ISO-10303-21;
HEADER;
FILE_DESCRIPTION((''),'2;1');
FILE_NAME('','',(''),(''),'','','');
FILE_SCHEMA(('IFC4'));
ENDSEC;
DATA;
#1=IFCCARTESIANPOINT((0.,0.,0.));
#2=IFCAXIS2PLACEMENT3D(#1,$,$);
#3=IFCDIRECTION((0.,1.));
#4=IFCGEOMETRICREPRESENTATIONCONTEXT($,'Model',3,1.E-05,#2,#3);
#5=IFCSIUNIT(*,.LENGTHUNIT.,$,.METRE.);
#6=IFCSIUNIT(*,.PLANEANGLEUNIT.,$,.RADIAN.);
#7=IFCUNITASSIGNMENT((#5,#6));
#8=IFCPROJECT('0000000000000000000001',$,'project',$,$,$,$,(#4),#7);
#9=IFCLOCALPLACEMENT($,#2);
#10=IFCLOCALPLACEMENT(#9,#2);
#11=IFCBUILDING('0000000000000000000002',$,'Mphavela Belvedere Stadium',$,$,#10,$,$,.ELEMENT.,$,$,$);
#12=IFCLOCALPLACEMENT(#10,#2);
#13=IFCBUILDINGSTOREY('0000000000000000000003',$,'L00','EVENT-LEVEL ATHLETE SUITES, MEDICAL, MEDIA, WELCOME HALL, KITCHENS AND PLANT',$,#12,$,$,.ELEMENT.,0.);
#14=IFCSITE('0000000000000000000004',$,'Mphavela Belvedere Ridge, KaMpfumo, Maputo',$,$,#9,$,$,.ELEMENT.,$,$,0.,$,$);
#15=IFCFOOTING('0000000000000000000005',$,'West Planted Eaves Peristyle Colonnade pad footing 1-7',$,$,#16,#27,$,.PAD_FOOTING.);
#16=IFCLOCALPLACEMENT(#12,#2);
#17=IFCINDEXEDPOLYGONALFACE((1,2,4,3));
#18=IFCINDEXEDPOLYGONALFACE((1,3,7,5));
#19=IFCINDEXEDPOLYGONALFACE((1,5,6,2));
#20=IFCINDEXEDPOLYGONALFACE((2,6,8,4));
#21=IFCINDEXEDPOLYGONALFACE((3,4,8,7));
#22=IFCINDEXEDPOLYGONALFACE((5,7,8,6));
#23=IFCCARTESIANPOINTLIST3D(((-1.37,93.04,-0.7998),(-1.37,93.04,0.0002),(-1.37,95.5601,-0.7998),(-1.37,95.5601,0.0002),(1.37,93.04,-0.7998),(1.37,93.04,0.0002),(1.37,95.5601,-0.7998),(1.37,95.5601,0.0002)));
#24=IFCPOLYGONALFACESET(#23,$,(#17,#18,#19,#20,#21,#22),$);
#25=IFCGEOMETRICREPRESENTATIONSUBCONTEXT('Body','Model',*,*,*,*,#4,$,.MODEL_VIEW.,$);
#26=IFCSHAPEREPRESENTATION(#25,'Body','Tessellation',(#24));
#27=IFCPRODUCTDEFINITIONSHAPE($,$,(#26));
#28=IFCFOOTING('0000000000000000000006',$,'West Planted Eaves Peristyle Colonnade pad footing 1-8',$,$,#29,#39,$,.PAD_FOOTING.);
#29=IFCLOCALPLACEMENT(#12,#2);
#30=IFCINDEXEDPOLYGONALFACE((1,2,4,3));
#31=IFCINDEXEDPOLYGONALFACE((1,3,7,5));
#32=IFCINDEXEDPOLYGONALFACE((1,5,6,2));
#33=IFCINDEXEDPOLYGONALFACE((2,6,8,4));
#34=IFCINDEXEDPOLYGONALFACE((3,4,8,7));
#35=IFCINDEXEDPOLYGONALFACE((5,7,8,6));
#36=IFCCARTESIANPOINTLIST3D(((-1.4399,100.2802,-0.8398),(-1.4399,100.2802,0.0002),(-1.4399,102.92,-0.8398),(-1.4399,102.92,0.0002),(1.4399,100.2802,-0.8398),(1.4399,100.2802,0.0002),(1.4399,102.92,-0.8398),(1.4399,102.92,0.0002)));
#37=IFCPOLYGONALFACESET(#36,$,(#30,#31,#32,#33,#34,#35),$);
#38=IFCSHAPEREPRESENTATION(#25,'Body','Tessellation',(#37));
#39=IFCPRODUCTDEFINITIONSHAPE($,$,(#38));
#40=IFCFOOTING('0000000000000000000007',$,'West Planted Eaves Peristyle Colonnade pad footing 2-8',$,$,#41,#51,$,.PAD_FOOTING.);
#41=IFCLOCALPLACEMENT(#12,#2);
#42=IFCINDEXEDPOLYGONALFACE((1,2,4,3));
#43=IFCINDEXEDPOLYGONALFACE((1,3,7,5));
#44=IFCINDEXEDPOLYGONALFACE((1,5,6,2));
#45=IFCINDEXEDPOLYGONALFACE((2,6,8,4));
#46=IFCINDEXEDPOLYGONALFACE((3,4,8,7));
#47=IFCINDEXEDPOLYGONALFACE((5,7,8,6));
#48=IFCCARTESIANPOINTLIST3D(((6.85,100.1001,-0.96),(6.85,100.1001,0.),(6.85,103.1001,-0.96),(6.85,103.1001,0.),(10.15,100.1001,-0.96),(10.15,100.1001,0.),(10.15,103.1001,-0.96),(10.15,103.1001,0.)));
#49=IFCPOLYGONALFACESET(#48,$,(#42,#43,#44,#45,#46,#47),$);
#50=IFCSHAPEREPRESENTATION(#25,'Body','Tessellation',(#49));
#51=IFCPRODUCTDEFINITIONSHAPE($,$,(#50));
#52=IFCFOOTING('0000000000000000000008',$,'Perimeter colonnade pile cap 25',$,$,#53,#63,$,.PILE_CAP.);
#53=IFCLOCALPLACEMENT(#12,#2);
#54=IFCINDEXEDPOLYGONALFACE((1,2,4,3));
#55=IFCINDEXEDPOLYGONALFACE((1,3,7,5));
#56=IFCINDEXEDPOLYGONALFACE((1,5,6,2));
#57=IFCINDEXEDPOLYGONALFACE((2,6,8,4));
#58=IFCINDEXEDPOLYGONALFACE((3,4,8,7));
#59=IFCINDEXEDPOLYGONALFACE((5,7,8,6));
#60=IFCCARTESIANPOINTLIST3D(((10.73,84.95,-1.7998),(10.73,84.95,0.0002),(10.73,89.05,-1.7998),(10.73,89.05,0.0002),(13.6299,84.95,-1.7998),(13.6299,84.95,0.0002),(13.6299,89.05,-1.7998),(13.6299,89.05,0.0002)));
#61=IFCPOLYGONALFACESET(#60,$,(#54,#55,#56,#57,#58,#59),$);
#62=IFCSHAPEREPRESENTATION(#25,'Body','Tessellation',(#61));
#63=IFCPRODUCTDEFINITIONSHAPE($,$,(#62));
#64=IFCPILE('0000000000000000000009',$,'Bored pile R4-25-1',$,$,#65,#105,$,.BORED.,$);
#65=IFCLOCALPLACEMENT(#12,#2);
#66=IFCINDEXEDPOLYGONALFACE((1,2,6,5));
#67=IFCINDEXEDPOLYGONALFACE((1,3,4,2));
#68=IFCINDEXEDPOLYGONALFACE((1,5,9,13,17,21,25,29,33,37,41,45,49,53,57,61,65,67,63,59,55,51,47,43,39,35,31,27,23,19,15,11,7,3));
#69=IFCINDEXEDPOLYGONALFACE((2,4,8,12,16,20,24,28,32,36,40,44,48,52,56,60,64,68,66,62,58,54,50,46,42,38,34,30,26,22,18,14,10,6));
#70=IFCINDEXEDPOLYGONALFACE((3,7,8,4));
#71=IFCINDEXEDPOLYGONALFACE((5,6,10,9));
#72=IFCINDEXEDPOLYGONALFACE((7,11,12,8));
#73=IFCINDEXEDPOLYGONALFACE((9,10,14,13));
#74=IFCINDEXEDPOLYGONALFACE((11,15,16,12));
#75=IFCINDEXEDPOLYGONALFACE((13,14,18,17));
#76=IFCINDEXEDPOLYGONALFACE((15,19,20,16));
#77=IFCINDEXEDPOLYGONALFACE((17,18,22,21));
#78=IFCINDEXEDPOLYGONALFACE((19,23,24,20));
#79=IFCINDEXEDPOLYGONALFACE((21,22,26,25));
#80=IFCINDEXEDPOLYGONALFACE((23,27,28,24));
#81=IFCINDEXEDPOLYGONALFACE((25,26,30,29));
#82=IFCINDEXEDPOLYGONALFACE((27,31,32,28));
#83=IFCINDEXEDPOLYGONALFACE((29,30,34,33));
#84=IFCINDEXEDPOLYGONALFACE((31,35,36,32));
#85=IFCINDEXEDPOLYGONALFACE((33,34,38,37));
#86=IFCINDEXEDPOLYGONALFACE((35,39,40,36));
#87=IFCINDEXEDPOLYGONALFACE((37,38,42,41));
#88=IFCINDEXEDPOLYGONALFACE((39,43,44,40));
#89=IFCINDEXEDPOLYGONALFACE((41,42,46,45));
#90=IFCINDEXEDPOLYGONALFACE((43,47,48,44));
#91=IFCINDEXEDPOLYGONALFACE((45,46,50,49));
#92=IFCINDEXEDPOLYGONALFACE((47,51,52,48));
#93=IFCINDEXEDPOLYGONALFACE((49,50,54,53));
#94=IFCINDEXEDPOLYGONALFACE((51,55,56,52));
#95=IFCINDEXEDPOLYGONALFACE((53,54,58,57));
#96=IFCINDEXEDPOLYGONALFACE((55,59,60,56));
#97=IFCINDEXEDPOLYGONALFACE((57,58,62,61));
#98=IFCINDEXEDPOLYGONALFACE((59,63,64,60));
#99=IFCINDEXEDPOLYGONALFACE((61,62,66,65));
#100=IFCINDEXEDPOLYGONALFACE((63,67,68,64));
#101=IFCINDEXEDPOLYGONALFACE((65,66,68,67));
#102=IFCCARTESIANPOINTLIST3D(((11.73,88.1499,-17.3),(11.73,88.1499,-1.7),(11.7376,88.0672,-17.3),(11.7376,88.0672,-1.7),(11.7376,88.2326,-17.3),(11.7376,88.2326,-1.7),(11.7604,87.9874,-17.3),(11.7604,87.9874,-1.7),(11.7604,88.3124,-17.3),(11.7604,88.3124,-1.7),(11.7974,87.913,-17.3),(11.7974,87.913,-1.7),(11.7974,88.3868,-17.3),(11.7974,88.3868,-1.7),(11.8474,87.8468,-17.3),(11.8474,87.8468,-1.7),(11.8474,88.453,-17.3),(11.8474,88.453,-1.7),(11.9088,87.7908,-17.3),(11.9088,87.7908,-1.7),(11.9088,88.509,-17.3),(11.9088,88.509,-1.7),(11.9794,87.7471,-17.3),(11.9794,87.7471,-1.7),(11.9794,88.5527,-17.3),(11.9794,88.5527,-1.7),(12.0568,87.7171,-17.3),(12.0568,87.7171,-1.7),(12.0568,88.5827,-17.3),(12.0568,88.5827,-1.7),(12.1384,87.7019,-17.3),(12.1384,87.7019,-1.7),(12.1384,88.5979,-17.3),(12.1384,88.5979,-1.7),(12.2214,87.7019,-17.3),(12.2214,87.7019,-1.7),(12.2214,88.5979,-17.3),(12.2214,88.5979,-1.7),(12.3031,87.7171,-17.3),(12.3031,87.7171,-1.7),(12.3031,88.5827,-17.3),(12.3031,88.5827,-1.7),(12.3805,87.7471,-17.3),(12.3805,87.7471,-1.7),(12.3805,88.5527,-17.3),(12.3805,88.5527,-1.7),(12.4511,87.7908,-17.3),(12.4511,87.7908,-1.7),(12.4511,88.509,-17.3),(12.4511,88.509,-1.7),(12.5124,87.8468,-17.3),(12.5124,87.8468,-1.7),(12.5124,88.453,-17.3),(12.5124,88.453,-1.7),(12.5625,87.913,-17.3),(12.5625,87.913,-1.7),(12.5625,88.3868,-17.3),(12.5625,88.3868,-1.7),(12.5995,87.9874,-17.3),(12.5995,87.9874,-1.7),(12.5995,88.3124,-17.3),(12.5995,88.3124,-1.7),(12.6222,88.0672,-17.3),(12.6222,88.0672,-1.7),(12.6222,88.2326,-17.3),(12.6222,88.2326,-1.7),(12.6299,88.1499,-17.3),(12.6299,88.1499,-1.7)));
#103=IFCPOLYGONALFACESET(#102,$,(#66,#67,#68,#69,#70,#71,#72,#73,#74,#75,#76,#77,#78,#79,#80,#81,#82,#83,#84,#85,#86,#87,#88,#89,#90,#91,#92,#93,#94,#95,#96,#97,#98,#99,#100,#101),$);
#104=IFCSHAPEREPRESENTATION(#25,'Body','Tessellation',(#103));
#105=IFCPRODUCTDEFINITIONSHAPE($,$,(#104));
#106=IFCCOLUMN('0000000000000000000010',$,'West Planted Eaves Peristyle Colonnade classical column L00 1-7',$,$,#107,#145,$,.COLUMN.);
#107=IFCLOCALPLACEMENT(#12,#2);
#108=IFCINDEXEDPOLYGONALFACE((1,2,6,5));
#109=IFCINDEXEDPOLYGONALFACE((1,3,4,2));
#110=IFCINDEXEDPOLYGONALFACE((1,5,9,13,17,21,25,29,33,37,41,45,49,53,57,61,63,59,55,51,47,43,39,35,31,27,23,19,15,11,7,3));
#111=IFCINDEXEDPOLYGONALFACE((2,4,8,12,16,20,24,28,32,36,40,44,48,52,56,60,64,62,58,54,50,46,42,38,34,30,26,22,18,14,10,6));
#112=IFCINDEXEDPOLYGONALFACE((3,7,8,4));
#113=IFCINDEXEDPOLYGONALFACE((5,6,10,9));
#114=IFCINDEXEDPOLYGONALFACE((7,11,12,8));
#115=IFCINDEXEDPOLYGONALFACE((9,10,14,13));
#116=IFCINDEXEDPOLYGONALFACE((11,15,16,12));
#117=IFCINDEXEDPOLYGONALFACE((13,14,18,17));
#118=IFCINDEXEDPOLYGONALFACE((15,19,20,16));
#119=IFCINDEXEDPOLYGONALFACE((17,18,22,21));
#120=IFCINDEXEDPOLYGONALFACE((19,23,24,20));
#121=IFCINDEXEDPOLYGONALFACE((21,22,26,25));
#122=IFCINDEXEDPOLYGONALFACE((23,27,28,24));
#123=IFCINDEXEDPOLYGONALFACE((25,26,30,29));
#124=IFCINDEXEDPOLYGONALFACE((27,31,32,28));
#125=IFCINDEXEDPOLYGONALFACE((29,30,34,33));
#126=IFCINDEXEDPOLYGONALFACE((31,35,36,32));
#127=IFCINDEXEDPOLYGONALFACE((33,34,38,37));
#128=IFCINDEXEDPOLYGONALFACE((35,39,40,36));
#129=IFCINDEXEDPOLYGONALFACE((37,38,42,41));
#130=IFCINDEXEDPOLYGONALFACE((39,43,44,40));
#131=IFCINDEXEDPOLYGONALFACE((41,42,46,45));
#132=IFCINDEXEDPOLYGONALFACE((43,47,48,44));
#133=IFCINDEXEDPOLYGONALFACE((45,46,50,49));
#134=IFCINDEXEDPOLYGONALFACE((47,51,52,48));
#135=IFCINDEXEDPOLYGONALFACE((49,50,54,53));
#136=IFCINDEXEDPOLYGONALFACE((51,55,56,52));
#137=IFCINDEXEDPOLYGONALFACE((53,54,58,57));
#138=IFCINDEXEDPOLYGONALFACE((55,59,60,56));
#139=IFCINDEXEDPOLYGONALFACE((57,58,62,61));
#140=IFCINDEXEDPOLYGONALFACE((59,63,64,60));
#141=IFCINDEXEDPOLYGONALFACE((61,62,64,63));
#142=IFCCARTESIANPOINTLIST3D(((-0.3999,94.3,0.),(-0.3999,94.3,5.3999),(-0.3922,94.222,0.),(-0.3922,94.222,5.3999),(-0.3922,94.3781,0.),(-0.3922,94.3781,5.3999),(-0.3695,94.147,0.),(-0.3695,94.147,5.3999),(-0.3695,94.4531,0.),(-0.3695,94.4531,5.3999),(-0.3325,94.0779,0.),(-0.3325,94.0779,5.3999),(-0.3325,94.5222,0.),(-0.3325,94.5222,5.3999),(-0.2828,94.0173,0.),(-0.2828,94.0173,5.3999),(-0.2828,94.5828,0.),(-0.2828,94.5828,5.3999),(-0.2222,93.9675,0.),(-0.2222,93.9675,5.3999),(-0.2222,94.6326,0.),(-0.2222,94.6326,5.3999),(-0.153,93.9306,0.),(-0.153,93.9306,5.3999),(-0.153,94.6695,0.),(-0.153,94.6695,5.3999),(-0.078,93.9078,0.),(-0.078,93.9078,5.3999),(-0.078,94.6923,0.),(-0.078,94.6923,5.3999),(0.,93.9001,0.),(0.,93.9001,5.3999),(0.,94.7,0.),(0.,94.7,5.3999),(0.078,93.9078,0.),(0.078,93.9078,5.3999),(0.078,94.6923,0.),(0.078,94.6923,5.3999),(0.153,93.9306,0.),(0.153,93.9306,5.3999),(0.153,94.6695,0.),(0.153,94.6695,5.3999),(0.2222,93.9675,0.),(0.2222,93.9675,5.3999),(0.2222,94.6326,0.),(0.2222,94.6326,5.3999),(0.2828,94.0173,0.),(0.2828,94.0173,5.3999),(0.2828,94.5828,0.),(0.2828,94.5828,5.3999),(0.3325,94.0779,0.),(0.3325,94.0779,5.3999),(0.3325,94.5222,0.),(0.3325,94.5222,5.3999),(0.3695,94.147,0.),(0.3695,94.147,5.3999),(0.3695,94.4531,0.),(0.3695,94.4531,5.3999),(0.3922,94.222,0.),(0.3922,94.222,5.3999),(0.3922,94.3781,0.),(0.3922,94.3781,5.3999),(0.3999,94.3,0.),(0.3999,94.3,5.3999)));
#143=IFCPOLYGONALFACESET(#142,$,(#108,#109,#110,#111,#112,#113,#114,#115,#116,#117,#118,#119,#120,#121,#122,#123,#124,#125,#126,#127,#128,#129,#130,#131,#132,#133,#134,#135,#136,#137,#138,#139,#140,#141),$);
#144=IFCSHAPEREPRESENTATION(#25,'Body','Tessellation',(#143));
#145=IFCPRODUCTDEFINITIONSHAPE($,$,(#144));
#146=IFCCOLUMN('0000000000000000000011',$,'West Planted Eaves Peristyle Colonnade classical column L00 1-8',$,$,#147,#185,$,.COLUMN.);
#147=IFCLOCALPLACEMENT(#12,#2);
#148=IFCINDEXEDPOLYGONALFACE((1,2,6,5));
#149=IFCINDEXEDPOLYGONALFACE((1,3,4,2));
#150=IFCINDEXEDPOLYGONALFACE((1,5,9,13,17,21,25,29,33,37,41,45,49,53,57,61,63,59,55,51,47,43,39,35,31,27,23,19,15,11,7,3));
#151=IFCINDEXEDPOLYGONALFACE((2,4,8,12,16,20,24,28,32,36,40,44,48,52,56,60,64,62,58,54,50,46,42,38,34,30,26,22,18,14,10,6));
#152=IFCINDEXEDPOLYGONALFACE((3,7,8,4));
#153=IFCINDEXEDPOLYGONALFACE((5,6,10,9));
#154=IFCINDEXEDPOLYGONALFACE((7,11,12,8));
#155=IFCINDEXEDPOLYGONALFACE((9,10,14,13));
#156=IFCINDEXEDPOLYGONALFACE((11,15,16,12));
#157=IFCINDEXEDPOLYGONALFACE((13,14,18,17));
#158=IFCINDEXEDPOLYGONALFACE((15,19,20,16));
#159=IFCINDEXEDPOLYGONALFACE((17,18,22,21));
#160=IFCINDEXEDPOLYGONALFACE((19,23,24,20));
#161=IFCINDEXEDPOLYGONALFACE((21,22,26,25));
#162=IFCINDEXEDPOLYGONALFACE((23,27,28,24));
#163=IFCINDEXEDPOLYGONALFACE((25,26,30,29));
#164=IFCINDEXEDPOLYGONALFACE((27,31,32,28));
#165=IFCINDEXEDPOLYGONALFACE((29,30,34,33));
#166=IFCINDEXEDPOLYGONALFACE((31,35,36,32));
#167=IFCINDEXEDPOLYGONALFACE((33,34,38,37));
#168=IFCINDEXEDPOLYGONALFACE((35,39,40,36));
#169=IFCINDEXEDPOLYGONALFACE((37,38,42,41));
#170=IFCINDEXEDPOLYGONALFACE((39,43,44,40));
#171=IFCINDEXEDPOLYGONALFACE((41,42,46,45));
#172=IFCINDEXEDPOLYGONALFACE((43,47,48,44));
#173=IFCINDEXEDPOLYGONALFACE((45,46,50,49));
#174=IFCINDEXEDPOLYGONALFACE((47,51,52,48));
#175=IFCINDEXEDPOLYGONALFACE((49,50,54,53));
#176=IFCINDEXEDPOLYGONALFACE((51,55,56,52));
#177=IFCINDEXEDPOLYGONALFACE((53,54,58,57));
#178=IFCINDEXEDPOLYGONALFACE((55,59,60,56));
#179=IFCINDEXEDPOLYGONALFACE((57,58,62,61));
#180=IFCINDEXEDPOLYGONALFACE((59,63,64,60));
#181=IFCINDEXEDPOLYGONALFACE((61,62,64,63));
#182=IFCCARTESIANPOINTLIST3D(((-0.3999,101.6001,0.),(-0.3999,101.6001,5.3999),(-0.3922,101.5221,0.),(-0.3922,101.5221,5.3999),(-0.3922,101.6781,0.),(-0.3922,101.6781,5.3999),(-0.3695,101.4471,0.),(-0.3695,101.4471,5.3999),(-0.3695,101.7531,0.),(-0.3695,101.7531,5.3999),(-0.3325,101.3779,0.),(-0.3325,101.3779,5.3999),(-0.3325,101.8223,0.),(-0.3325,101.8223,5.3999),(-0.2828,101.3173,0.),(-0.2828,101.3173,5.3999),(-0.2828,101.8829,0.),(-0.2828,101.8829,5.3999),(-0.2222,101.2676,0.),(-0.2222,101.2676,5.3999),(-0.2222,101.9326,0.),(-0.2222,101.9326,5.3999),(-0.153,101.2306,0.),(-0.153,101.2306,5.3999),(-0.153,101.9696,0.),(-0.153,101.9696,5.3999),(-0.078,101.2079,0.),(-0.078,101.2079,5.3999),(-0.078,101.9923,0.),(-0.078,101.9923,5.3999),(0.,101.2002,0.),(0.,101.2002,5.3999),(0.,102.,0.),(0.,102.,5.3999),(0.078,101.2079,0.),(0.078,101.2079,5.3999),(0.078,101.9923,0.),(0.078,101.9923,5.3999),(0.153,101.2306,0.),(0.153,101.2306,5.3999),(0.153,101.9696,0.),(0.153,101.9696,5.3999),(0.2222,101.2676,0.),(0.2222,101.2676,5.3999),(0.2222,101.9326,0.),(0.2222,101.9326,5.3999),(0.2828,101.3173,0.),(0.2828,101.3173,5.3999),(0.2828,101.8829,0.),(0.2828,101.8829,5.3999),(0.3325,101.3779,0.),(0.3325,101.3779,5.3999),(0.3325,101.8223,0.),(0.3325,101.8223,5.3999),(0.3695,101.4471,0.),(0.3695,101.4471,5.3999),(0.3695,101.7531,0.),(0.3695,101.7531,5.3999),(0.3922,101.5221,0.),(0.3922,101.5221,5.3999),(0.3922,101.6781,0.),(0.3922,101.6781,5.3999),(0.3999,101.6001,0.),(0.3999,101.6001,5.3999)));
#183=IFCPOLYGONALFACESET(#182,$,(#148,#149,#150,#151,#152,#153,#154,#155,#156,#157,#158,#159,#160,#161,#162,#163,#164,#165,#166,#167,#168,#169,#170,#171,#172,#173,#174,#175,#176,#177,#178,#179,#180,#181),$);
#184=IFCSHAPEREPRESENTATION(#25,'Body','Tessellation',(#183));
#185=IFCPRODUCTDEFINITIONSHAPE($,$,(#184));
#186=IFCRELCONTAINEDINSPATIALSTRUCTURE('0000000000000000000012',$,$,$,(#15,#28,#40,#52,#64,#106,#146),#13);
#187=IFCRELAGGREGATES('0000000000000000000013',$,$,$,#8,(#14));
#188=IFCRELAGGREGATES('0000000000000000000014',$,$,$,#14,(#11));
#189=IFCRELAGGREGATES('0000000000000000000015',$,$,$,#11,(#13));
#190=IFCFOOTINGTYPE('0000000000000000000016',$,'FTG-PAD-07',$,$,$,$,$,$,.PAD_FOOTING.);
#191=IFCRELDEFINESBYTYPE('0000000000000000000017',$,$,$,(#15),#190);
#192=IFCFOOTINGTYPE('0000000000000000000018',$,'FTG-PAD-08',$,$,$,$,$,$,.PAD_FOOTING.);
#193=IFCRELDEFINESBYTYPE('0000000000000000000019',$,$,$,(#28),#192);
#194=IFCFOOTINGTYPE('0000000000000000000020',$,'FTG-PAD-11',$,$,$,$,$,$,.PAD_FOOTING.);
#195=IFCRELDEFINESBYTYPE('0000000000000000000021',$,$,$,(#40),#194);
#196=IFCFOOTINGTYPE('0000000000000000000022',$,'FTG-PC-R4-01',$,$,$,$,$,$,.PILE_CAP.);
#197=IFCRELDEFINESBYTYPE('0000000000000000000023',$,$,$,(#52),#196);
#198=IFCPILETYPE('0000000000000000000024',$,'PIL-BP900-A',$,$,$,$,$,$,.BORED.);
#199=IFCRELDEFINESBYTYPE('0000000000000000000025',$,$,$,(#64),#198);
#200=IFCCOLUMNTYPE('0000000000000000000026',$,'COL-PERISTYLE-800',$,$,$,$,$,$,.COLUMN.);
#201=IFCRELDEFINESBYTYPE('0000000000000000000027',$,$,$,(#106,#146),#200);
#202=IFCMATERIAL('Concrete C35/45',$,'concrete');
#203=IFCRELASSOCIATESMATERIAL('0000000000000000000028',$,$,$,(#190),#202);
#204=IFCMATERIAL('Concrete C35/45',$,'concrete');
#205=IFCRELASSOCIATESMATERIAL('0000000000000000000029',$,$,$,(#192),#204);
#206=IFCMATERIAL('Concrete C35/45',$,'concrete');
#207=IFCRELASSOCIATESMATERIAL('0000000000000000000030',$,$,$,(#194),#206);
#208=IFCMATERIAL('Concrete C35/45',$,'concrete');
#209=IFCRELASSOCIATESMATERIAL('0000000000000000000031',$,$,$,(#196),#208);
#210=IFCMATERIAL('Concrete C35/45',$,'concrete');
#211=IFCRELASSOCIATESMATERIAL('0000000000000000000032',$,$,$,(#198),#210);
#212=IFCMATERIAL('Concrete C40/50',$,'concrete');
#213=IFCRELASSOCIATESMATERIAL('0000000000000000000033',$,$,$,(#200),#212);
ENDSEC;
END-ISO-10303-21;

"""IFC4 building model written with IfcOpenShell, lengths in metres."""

from ifc_helpers import new_model, si_unit, direction, frame, origin, origin_2d, place, context, subcontext, project, spatial, rectangle, circle, extrude, material, material_profile, profile_set, type_object, element, save


model = new_model("IFC4")

# Units and contexts
model_context = context("Model", 3, precision=1e-05, world=origin(), true_north=direction((0.0, 1.0)))
body_context = subcontext(model_context, "Body", "Model", "MODEL_VIEW")
ifc_project = project(units=[si_unit("LENGTHUNIT", "METRE"), si_unit("PLANEANGLEUNIT", "RADIAN")], contexts=[model_context])

# Site, building, storey
site_placement = place(None, origin())
site = spatial("IfcSite", under=ifc_project, at=site_placement, Name="Mphavela Belvedere Ridge, KaMpfumo, Maputo", CompositionType="ELEMENT", RefElevation=0.0)
building_placement = place(site_placement, origin())
building = spatial("IfcBuilding", under=site, at=building_placement, Name="Mphavela Belvedere Stadium", CompositionType="ELEMENT")
storey_placement = place(building_placement, origin())
storey = spatial("IfcBuildingStorey", under=building, at=storey_placement, Name="L00", Description="EVENT-LEVEL ATHLETE SUITES, MEDICAL, MEDIA, WELCOME HALL, KITCHENS AND PLANT", CompositionType="ELEMENT", Elevation=0.0)

# Footings
ifc_material_1 = material(Name="Concrete C35/45", Category="concrete")
footing_type_1 = type_object("IfcFootingType", Name="FTG-PAD-07", PredefinedType="PAD_FOOTING", material=ifc_material_1)
footing_1_placement = place(storey_placement, frame((0.0, 94.3, -0.7998), z_axis=(0.0, 0.0, 1.0), x_axis=(1.0, 0.0, 0.0)))
element("IfcFooting", 1, at=footing_1_placement, inside=storey, type_object=footing_type_1, Name="West Planted Eaves Peristyle Colonnade pad footing 1-7", PredefinedType="PAD_FOOTING", context=body_context, shape_type="SweptSolid", body=[
    extrude(rectangle(XDim=2.74, YDim=2.52, at=origin_2d()), origin(), (0.0, 0.0, 1.0), 0.8),
])
ifc_material_2 = material(Name="Concrete C35/45", Category="concrete")
footing_type_2 = type_object("IfcFootingType", Name="FTG-PAD-08", PredefinedType="PAD_FOOTING", material=ifc_material_2)
footing_2_placement = place(storey_placement, frame((0.0, 101.6001, -0.8398), z_axis=(0.0, 0.0, 1.0), x_axis=(1.0, 0.0, 0.0)))
element("IfcFooting", 2, at=footing_2_placement, inside=storey, type_object=footing_type_2, Name="West Planted Eaves Peristyle Colonnade pad footing 1-8", PredefinedType="PAD_FOOTING", context=body_context, shape_type="SweptSolid", body=[
    extrude(rectangle(XDim=2.8799, YDim=2.6399, at=origin_2d()), origin(), (0.0, 0.0, 1.0), 0.8401),
])
ifc_material_3 = material(Name="Concrete C35/45", Category="concrete")
footing_type_3 = type_object("IfcFootingType", Name="FTG-PAD-11", PredefinedType="PAD_FOOTING", material=ifc_material_3)
footing_3_placement = place(storey_placement, frame((8.5, 101.6001, -0.96), z_axis=(0.0, 0.0, 1.0), x_axis=(1.0, 0.0, 0.0)))
element("IfcFooting", 3, at=footing_3_placement, inside=storey, type_object=footing_type_3, Name="West Planted Eaves Peristyle Colonnade pad footing 2-8", PredefinedType="PAD_FOOTING", context=body_context, shape_type="SweptSolid", body=[
    extrude(rectangle(XDim=3.3, YDim=3.0, at=origin_2d()), origin(), (0.0, 0.0, 1.0), 0.96),
])
ifc_material_4 = material(Name="Concrete C35/45", Category="concrete")
footing_type_4 = type_object("IfcFootingType", Name="FTG-PC-R4-01", PredefinedType="PILE_CAP", material=ifc_material_4)
footing_4_placement = place(storey_placement, frame((12.1799, 87.0, -1.7998), z_axis=(0.0, 0.0, 1.0), x_axis=(0.0, -1.0, 0.0)))
element("IfcFooting", 4, at=footing_4_placement, inside=storey, type_object=footing_type_4, Name="Perimeter colonnade pile cap 25", PredefinedType="PILE_CAP", context=body_context, shape_type="SweptSolid", body=[
    extrude(rectangle(XDim=4.1001, YDim=2.8999, at=origin_2d()), origin(), (0.0, 0.0, 1.0), 1.8),
])

# Pile
ifc_material_5 = material(Name="Concrete C35/45", Category="concrete")
ifc_material_profile_1 = material_profile(ifc_material_5, circle(Radius=0.45, at=origin_2d()), Name="BP D900")
ifc_profile_set_1 = profile_set([ifc_material_profile_1], Name="Concrete C35/45")
pile_type = type_object("IfcPileType", Name="PIL-BP900-A", PredefinedType="BORED", material=ifc_profile_set_1)
pile_placement = place(storey_placement, frame((12.1799, 88.1499, -1.7), z_axis=(0.0, 0.0, -1.0), x_axis=(1.0, 0.0, 0.0)))
element("IfcPile", 5, at=pile_placement, inside=storey, type_object=pile_type, Name="Bored pile R4-25-1", PredefinedType="BORED", context=body_context, shape_type="SweptSolid", body=[
    extrude(circle(Radius=0.45, at=origin_2d()), origin(), (0.0, 0.0, 1.0), 15.6001),
])

# Columns
ifc_material_6 = material(Name="Concrete C40/50", Category="concrete")
ifc_material_profile_2 = material_profile(ifc_material_6, circle(Radius=0.3999, at=origin_2d()), Name="COL D800")
ifc_profile_set_2 = profile_set([ifc_material_profile_2], Name="Concrete C40/50")
column_type_1 = type_object("IfcColumnType", Name="COL-PERISTYLE-800", PredefinedType="COLUMN", material=ifc_profile_set_2)
for number, where, z_axis, x_axis, name in (
    (6, (0.0, 94.3, 0.0), (0.0, 0.0, 1.0), (1.0, 0.0, 0.0), "West Planted Eaves Peristyle Colonnade classical column L00 1-7"),
    (7, (0.0, 101.6001, 0.0), (0.0, 0.0, 1.0), (1.0, 0.0, 0.0), "West Planted Eaves Peristyle Colonnade classical column L00 1-8"),
):
    element("IfcColumn", number, at=place(storey_placement, frame(where, z_axis=z_axis, x_axis=x_axis)), inside=storey, type_object=column_type_1, Name=name, PredefinedType="COLUMN", context=body_context, shape_type="SweptSolid", body=[
        extrude(circle(Radius=0.3999, at=origin_2d()), origin(), (0.0, 0.0, 1.0), 5.3999),
    ])

save(model, "model.ifc")
